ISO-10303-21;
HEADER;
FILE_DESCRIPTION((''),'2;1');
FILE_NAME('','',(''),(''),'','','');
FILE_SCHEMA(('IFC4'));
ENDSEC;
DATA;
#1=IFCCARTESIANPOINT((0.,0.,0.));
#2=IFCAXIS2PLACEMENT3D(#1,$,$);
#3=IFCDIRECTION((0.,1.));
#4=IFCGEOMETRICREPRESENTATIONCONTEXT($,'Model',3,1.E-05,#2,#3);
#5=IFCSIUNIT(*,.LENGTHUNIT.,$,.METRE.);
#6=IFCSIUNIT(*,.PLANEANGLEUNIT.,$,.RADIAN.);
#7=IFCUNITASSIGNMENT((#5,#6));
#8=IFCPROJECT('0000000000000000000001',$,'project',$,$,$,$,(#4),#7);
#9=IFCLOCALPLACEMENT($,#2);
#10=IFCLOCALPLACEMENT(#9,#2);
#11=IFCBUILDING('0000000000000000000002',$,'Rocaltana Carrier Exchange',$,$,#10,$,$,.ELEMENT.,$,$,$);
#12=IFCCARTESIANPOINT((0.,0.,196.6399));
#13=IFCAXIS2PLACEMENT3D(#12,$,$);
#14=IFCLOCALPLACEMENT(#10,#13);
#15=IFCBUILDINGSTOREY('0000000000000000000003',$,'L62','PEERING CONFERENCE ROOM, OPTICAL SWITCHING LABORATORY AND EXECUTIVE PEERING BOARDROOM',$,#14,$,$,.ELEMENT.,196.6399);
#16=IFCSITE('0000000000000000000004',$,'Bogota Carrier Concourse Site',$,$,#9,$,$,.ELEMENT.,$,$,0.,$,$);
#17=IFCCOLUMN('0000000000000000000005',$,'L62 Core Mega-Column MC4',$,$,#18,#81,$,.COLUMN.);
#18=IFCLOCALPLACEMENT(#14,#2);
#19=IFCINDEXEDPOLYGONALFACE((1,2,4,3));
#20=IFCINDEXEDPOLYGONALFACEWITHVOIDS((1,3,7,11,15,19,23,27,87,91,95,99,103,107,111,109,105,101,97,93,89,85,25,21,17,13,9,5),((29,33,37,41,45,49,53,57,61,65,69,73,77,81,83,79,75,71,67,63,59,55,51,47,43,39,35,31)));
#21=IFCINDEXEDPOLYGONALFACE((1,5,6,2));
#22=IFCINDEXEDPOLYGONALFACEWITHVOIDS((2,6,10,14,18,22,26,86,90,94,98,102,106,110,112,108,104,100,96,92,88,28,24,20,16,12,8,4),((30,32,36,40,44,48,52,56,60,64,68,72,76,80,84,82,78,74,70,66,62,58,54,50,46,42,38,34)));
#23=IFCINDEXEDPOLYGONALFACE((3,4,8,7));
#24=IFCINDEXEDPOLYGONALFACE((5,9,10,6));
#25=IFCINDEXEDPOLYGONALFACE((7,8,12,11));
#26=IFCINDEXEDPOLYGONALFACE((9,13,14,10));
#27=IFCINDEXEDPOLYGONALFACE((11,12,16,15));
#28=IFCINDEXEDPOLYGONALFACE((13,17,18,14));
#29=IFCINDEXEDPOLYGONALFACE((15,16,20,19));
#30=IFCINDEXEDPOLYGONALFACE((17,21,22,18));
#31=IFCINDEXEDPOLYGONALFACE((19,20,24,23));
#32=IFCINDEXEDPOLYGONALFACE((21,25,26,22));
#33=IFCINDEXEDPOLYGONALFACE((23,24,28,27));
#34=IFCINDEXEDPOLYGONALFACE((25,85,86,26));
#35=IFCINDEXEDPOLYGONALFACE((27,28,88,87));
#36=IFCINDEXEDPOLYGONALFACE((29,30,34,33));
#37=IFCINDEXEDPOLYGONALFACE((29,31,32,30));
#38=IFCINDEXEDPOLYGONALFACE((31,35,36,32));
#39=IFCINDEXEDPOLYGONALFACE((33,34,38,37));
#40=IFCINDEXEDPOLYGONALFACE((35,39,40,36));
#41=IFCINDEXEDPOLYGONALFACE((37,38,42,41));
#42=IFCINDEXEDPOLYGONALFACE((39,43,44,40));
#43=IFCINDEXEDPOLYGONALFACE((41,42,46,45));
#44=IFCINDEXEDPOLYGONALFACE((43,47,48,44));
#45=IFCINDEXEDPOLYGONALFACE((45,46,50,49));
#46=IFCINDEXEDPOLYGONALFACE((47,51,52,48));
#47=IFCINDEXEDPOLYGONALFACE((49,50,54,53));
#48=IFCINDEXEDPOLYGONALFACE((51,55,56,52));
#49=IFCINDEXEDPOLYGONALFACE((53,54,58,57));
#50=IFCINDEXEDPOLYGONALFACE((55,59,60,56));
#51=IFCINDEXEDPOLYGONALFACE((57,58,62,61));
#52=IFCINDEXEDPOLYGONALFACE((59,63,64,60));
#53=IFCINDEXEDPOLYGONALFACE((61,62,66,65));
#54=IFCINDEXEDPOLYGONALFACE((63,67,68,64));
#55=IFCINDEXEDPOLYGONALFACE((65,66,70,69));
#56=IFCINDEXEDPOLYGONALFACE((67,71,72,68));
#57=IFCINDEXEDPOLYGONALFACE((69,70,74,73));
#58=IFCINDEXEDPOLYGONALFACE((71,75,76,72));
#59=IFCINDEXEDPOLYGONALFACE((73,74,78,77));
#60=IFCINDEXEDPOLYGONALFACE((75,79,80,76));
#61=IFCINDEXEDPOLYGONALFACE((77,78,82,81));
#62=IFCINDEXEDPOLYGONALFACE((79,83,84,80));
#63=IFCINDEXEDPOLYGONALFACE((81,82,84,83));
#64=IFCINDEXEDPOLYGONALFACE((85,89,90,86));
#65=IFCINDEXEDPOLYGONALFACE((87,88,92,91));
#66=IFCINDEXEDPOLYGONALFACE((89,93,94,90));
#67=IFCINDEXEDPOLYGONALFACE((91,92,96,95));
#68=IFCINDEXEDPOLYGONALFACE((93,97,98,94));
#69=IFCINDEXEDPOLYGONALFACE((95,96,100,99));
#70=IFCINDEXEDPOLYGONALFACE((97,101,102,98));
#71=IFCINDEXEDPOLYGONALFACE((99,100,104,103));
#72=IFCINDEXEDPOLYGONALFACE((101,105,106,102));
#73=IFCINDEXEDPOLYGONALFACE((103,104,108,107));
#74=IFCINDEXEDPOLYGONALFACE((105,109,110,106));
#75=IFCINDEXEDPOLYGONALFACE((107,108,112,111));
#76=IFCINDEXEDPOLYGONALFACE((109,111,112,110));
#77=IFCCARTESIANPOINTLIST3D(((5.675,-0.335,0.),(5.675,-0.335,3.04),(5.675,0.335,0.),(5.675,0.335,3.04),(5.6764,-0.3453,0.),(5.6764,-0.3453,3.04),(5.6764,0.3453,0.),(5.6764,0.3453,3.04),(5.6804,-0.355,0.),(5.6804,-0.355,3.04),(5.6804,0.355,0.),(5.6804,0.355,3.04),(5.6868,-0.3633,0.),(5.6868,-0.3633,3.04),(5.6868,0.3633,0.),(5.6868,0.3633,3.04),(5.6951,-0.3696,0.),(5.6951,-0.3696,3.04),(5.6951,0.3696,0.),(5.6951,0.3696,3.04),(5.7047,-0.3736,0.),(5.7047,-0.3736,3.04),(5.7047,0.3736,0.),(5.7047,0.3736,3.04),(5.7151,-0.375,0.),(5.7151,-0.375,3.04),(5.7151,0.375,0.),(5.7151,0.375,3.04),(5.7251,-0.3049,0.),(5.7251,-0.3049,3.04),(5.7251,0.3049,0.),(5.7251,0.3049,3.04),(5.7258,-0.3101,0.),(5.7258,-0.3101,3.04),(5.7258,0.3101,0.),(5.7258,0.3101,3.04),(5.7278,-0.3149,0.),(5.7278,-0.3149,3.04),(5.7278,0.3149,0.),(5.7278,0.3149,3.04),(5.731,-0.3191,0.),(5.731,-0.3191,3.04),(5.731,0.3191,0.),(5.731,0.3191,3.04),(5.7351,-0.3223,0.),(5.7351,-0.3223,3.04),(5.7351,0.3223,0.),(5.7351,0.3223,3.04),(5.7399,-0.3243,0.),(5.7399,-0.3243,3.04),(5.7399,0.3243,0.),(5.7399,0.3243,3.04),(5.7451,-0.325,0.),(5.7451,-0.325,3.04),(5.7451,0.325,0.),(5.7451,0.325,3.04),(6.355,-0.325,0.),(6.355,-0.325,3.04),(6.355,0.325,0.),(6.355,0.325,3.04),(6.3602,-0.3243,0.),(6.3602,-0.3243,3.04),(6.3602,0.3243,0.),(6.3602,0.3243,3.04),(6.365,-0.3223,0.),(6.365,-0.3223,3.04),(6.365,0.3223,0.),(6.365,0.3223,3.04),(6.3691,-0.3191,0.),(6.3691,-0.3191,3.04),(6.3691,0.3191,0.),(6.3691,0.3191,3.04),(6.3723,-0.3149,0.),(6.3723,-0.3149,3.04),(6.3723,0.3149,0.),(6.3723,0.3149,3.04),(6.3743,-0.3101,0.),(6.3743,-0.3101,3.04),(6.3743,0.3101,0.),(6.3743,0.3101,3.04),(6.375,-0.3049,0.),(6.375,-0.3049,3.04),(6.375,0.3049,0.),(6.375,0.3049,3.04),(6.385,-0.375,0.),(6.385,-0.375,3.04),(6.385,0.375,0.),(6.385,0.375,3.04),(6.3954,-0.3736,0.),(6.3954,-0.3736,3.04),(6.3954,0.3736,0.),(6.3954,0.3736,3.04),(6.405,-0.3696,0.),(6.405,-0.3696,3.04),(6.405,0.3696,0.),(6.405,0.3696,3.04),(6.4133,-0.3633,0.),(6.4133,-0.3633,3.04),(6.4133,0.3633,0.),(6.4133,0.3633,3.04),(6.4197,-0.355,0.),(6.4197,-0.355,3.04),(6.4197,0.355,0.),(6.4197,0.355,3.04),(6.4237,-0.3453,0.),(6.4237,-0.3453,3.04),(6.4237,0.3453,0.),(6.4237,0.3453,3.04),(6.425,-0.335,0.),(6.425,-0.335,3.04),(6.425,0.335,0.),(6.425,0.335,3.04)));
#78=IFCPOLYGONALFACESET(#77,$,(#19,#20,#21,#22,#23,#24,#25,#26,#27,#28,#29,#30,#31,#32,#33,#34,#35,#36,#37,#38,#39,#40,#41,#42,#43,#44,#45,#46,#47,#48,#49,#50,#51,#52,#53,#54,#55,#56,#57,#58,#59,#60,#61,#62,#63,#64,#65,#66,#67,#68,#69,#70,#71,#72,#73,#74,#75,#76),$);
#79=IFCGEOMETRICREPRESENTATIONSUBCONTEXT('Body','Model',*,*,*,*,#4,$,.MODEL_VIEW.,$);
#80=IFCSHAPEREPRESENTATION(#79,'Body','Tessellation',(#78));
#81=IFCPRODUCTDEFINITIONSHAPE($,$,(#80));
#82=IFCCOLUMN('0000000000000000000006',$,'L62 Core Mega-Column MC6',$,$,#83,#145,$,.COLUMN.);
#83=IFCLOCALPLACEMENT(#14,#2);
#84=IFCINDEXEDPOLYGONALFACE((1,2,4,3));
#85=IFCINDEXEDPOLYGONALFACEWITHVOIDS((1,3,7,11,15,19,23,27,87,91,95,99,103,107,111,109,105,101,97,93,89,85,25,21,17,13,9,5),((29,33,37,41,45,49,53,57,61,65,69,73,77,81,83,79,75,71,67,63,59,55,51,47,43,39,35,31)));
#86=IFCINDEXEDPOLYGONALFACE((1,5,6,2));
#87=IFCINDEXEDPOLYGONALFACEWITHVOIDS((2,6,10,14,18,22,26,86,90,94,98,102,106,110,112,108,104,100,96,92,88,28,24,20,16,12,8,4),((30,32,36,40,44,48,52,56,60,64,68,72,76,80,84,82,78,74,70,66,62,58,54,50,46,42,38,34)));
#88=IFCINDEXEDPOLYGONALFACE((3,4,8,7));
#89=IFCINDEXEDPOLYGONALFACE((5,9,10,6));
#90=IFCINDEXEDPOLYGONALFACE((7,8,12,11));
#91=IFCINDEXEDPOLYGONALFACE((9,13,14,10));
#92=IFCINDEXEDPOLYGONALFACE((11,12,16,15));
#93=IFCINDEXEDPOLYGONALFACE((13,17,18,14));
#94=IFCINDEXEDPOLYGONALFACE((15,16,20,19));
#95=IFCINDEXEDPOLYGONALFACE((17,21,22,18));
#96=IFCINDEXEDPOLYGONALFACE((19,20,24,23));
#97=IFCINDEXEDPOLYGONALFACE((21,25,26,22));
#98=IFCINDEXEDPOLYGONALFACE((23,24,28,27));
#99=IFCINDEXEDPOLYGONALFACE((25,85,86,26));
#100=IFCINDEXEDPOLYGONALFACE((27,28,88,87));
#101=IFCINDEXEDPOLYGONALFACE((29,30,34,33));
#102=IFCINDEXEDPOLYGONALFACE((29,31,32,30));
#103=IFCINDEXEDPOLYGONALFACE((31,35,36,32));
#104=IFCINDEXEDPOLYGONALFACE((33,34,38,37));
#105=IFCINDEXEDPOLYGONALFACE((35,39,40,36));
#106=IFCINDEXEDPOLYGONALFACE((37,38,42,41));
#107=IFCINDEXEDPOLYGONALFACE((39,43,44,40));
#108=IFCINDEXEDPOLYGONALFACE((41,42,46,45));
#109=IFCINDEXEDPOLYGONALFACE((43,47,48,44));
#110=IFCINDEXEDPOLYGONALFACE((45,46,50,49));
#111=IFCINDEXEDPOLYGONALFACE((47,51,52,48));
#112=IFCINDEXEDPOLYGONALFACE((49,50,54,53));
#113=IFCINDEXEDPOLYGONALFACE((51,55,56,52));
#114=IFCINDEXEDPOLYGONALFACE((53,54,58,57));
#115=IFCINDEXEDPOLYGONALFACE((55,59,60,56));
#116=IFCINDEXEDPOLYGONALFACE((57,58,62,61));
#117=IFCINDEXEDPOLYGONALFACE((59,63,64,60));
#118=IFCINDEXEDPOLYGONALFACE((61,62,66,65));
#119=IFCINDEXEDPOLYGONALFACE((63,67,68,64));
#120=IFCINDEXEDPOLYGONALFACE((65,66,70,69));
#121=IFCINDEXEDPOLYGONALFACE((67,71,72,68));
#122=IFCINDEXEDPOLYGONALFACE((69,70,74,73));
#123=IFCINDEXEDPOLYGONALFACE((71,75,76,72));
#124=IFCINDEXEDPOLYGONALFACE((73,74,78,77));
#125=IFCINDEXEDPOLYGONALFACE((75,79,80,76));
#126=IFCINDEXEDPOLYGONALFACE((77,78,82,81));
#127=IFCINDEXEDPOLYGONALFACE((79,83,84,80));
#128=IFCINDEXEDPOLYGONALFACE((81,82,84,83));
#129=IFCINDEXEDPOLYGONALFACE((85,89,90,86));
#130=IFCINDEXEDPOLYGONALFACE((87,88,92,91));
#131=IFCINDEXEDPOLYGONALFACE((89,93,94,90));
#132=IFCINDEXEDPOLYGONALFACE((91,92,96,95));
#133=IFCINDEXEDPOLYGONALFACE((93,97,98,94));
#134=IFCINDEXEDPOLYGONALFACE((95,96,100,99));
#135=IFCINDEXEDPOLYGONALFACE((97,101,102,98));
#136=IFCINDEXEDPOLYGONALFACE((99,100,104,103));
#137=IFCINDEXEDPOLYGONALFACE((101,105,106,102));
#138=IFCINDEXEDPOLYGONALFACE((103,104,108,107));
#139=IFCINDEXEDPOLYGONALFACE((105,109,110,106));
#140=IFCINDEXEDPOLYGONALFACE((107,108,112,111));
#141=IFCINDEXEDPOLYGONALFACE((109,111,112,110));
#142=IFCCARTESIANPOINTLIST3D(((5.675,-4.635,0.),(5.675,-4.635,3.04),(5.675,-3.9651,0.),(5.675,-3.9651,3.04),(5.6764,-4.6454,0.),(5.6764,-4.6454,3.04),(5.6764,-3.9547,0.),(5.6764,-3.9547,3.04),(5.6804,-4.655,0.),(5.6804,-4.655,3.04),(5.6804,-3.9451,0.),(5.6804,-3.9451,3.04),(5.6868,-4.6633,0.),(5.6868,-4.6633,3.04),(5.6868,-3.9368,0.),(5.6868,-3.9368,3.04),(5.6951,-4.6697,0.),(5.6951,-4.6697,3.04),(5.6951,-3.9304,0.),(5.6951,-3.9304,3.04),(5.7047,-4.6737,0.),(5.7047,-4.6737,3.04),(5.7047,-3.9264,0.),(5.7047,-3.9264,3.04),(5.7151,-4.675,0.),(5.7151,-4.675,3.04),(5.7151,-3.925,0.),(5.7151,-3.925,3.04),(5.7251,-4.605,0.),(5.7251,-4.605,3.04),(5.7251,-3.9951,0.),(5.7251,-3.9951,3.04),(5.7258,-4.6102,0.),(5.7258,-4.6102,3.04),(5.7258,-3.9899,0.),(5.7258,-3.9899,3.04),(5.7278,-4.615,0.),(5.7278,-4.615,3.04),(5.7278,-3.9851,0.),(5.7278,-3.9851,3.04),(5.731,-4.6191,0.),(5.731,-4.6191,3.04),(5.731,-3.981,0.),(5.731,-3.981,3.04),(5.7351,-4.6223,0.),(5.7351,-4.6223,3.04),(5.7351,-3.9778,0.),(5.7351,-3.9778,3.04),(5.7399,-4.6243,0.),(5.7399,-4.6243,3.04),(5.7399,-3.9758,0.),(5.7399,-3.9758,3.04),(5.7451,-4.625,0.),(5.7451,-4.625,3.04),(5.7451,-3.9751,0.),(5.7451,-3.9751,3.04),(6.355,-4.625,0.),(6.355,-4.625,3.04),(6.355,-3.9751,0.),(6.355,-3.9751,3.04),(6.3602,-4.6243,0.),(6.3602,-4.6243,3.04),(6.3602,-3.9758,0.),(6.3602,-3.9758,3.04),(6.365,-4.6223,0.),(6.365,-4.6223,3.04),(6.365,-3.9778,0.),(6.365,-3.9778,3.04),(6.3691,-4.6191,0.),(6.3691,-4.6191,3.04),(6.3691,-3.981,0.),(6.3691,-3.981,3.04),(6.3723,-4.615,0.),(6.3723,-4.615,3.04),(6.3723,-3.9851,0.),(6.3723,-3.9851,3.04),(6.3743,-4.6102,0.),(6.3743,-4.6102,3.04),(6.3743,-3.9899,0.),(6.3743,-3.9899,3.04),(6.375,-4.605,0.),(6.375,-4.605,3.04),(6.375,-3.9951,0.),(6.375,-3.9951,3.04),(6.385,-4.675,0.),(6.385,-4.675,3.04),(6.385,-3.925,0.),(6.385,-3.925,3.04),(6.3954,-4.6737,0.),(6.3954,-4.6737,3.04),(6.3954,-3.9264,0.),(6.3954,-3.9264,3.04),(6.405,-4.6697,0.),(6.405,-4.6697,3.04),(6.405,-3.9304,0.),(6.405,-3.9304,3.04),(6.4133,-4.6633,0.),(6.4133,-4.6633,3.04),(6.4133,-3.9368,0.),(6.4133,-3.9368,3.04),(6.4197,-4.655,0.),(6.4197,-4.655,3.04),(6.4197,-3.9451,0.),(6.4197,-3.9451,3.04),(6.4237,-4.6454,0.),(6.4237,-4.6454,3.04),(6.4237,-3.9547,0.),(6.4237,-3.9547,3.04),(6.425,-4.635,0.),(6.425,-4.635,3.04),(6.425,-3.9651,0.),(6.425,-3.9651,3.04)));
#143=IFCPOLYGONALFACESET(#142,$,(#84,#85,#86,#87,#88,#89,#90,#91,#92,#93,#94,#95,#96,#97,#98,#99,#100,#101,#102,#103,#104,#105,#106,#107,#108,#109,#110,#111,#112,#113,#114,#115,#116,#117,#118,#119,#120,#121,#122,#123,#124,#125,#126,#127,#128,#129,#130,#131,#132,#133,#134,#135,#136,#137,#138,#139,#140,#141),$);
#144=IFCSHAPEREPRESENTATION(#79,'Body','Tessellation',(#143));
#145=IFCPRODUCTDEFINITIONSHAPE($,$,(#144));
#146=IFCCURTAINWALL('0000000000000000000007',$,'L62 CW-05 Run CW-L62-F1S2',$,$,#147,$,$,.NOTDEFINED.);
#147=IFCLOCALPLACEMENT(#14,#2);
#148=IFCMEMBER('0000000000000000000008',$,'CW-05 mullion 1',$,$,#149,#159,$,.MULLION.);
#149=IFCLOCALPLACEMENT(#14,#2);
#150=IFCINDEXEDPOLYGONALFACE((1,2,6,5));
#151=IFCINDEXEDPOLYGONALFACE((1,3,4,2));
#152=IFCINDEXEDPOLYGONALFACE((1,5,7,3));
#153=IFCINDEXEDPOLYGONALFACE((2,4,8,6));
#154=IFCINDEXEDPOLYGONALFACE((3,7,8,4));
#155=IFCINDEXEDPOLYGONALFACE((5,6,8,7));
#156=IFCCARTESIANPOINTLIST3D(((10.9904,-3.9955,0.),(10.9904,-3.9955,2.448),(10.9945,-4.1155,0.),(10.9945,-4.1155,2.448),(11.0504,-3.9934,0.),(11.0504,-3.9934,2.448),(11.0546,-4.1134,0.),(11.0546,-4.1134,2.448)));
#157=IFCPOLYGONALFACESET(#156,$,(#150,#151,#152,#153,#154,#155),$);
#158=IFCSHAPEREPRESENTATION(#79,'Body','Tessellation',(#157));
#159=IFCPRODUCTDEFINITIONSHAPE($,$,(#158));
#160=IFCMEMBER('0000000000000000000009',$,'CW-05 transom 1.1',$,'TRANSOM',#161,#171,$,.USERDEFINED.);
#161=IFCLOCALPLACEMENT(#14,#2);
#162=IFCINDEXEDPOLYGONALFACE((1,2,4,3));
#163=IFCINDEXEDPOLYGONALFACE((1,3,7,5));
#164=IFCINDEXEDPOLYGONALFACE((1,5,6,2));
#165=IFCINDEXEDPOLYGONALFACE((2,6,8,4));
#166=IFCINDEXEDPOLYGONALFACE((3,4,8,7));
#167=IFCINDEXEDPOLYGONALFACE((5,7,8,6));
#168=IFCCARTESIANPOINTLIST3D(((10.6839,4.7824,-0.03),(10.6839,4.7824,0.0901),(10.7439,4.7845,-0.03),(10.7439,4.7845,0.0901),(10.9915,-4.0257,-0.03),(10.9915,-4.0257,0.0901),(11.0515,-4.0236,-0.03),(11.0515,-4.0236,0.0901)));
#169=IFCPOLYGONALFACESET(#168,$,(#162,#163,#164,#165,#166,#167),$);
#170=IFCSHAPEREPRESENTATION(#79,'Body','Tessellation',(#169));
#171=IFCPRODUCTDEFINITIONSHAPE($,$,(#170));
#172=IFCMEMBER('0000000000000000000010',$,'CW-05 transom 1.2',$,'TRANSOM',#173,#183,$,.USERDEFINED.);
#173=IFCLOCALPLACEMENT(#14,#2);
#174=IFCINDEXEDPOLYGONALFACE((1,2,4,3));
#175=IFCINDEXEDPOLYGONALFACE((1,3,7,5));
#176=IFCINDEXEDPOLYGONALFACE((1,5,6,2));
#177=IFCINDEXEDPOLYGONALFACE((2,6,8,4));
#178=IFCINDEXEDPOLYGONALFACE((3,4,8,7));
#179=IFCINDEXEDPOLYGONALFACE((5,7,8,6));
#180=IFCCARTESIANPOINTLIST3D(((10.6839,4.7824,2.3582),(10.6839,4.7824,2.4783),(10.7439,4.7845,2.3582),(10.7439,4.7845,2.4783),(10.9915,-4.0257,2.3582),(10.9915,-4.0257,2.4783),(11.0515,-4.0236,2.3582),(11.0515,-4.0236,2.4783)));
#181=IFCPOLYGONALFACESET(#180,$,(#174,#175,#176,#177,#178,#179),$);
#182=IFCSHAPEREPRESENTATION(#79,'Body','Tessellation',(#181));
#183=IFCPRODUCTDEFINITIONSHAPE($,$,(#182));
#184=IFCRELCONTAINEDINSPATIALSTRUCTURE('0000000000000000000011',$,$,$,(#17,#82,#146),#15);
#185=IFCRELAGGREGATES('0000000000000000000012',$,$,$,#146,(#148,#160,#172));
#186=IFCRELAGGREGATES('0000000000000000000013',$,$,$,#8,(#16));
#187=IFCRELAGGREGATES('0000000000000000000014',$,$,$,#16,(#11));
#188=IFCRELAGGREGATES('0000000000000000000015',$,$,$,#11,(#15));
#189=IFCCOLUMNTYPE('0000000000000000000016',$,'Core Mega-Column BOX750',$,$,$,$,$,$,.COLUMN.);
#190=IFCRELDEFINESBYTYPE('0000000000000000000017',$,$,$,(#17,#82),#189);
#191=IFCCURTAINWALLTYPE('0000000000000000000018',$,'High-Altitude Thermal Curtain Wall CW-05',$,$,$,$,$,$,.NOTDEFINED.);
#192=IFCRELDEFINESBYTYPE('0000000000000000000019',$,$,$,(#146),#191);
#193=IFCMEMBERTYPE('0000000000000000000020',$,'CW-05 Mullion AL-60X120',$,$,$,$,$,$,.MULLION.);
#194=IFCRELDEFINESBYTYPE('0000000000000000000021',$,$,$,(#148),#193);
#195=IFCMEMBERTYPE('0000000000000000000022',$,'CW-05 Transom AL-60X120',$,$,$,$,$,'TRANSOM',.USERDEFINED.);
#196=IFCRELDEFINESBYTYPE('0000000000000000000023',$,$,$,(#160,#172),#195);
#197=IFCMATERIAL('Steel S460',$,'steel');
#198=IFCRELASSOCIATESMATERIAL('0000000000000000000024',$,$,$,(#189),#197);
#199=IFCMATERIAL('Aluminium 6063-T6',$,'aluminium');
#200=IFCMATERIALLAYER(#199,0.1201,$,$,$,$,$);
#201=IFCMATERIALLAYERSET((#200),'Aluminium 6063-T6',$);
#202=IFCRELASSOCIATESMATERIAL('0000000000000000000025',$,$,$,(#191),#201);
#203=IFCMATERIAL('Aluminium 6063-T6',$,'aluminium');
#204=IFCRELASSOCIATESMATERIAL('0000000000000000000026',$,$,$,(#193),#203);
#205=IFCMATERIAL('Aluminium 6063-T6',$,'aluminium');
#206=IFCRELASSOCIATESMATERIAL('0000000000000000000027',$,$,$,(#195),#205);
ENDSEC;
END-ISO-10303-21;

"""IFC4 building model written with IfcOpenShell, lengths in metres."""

from ifc_helpers import new_model, si_unit, direction, frame, origin, origin_2d, place, context, subcontext, project, spatial, rectangle, hollow_rectangle, extrude, material, layer, layer_set, material_profile, profile_set, type_object, element, aggregate, save


model = new_model("IFC4")

# Units and contexts
model_context = context("Model", 3, precision=1e-05, world=origin(), true_north=direction((0.0, 1.0)))
body_context = subcontext(model_context, "Body", "Model", "MODEL_VIEW")
ifc_project = project(units=[si_unit("LENGTHUNIT", "METRE"), si_unit("PLANEANGLEUNIT", "RADIAN")], contexts=[model_context])

# Site, building, storey
site_placement = place(None, origin())
site = spatial("IfcSite", under=ifc_project, at=site_placement, Name="Bogota Carrier Concourse Site", CompositionType="ELEMENT", RefElevation=0.0)
building_placement = place(site_placement, origin())
building = spatial("IfcBuilding", under=site, at=building_placement, Name="Rocaltana Carrier Exchange", CompositionType="ELEMENT")
storey_placement = place(building_placement, frame((0.0, 0.0, 196.6399)))
storey = spatial("IfcBuildingStorey", under=building, at=storey_placement, Name="L62", Description="PEERING CONFERENCE ROOM, OPTICAL SWITCHING LABORATORY AND EXECUTIVE PEERING BOARDROOM", CompositionType="ELEMENT", Elevation=196.6399)

# Columns
ifc_material_1 = material(Name="Steel S460", Category="steel")
ifc_material_profile_1 = material_profile(ifc_material_1, hollow_rectangle(XDim=0.75, YDim=0.75, WallThickness=0.05, InnerFilletRadius=0.02, OuterFilletRadius=0.04, at=origin_2d()), Name="BOX750X750X50")
ifc_profile_set_1 = profile_set([ifc_material_profile_1], Name="Steel S460")
column_type = type_object("IfcColumnType", Name="Core Mega-Column BOX750", PredefinedType="COLUMN", material=ifc_profile_set_1)
for number, where, z_axis, x_axis, name in (
    (1, (6.05, 0.0, 0.0), (0.0, 0.0, 1.0), (1.0, 0.0, 0.0), "L62 Core Mega-Column MC4"),
    (2, (6.05, -4.3, 0.0), (0.0, 0.0, 1.0), (1.0, 0.0, 0.0), "L62 Core Mega-Column MC6"),
):
    element("IfcColumn", number, at=place(storey_placement, frame(where, z_axis=z_axis, x_axis=x_axis)), inside=storey, type_object=column_type, Name=name, PredefinedType="COLUMN", context=body_context, shape_type="SweptSolid", body=[
        extrude(hollow_rectangle(XDim=0.75, YDim=0.75, WallThickness=0.05, InnerFilletRadius=0.02, OuterFilletRadius=0.04, at=origin_2d()), origin(), (0.0, 0.0, 1.0), 3.04),
    ])

# Curtain wall, members
ifc_material_2 = material(Name="Aluminium 6063-T6", Category="aluminium")
ifc_layer_1 = layer(ifc_material_2, 0.1201)
ifc_layer_set_1 = layer_set([ifc_layer_1], Name="Aluminium 6063-T6")
curtain_wall_type = type_object("IfcCurtainWallType", Name="High-Altitude Thermal Curtain Wall CW-05", PredefinedType="NOTDEFINED", material=ifc_layer_set_1)
curtain_wall_placement = place(storey_placement, origin())
curtain_wall = element("IfcCurtainWall", 3, at=curtain_wall_placement, inside=storey, type_object=curtain_wall_type, Name="L62 CW-05 Run CW-L62-F1S2", PredefinedType="NOTDEFINED")
ifc_material_3 = material(Name="Aluminium 6063-T6", Category="aluminium")
ifc_material_profile_2 = material_profile(ifc_material_3, rectangle(XDim=0.0601, YDim=0.1201, at=origin_2d()), Name="AL-60X120")
ifc_profile_set_2 = profile_set([ifc_material_profile_2], Name="Aluminium 6063-T6")
member_type_1 = type_object("IfcMemberType", Name="CW-05 Mullion AL-60X120", PredefinedType="MULLION", material=ifc_profile_set_2)
member_1_placement = place(storey_placement, frame((11.0225, -4.0544, 0.0), z_axis=(0.0, 0.0, 1.0), x_axis=(-0.999391, -0.034903, 0.0)))
member_1 = element("IfcMember", 4, at=member_1_placement, type_object=member_type_1, Name="CW-05 mullion 1", PredefinedType="MULLION", context=body_context, shape_type="SweptSolid", body=[
    extrude(rectangle(XDim=0.0601, YDim=0.1201, at=origin_2d()), origin(), (0.0, 0.0, 1.0), 2.448),
])
ifc_material_4 = material(Name="Aluminium 6063-T6", Category="aluminium")
ifc_material_profile_3 = material_profile(ifc_material_4, rectangle(XDim=0.0601, YDim=0.1201, at=origin_2d()), Name="AL-60X120")
ifc_profile_set_3 = profile_set([ifc_material_profile_3], Name="Aluminium 6063-T6")
member_type_2 = type_object("IfcMemberType", Name="CW-05 Transom AL-60X120", ElementType="TRANSOM", PredefinedType="USERDEFINED", material=ifc_profile_set_3)
member_2_placement = place(storey_placement, frame((11.0215, -4.0247, 0.03), z_axis=(-0.034903, 0.999391, 0.0), x_axis=(-0.999391, -0.034903, 0.0)))
member_2 = element("IfcMember", 5, at=member_2_placement, type_object=member_type_2, Name="CW-05 transom 1.1", ObjectType="TRANSOM", PredefinedType="USERDEFINED", context=body_context, shape_type="SweptSolid", body=[
    extrude(rectangle(XDim=0.0601, YDim=0.1201, at=origin_2d()), origin(), (0.0, 0.0, 1.0), 8.8135),
])
member_3_placement = place(storey_placement, frame((11.0215, -4.0247, 2.4182), z_axis=(-0.034903, 0.999391, 0.0), x_axis=(-0.999391, -0.034903, 0.0)))
member_3 = element("IfcMember", 6, at=member_3_placement, type_object=member_type_2, Name="CW-05 transom 1.2", ObjectType="TRANSOM", PredefinedType="USERDEFINED", context=body_context, shape_type="SweptSolid", body=[
    extrude(rectangle(XDim=0.0601, YDim=0.1201, at=origin_2d()), origin(), (0.0, 0.0, 1.0), 8.8135),
])
aggregate(curtain_wall, [member_1, member_2, member_3])

save(model, "model.ifc")
